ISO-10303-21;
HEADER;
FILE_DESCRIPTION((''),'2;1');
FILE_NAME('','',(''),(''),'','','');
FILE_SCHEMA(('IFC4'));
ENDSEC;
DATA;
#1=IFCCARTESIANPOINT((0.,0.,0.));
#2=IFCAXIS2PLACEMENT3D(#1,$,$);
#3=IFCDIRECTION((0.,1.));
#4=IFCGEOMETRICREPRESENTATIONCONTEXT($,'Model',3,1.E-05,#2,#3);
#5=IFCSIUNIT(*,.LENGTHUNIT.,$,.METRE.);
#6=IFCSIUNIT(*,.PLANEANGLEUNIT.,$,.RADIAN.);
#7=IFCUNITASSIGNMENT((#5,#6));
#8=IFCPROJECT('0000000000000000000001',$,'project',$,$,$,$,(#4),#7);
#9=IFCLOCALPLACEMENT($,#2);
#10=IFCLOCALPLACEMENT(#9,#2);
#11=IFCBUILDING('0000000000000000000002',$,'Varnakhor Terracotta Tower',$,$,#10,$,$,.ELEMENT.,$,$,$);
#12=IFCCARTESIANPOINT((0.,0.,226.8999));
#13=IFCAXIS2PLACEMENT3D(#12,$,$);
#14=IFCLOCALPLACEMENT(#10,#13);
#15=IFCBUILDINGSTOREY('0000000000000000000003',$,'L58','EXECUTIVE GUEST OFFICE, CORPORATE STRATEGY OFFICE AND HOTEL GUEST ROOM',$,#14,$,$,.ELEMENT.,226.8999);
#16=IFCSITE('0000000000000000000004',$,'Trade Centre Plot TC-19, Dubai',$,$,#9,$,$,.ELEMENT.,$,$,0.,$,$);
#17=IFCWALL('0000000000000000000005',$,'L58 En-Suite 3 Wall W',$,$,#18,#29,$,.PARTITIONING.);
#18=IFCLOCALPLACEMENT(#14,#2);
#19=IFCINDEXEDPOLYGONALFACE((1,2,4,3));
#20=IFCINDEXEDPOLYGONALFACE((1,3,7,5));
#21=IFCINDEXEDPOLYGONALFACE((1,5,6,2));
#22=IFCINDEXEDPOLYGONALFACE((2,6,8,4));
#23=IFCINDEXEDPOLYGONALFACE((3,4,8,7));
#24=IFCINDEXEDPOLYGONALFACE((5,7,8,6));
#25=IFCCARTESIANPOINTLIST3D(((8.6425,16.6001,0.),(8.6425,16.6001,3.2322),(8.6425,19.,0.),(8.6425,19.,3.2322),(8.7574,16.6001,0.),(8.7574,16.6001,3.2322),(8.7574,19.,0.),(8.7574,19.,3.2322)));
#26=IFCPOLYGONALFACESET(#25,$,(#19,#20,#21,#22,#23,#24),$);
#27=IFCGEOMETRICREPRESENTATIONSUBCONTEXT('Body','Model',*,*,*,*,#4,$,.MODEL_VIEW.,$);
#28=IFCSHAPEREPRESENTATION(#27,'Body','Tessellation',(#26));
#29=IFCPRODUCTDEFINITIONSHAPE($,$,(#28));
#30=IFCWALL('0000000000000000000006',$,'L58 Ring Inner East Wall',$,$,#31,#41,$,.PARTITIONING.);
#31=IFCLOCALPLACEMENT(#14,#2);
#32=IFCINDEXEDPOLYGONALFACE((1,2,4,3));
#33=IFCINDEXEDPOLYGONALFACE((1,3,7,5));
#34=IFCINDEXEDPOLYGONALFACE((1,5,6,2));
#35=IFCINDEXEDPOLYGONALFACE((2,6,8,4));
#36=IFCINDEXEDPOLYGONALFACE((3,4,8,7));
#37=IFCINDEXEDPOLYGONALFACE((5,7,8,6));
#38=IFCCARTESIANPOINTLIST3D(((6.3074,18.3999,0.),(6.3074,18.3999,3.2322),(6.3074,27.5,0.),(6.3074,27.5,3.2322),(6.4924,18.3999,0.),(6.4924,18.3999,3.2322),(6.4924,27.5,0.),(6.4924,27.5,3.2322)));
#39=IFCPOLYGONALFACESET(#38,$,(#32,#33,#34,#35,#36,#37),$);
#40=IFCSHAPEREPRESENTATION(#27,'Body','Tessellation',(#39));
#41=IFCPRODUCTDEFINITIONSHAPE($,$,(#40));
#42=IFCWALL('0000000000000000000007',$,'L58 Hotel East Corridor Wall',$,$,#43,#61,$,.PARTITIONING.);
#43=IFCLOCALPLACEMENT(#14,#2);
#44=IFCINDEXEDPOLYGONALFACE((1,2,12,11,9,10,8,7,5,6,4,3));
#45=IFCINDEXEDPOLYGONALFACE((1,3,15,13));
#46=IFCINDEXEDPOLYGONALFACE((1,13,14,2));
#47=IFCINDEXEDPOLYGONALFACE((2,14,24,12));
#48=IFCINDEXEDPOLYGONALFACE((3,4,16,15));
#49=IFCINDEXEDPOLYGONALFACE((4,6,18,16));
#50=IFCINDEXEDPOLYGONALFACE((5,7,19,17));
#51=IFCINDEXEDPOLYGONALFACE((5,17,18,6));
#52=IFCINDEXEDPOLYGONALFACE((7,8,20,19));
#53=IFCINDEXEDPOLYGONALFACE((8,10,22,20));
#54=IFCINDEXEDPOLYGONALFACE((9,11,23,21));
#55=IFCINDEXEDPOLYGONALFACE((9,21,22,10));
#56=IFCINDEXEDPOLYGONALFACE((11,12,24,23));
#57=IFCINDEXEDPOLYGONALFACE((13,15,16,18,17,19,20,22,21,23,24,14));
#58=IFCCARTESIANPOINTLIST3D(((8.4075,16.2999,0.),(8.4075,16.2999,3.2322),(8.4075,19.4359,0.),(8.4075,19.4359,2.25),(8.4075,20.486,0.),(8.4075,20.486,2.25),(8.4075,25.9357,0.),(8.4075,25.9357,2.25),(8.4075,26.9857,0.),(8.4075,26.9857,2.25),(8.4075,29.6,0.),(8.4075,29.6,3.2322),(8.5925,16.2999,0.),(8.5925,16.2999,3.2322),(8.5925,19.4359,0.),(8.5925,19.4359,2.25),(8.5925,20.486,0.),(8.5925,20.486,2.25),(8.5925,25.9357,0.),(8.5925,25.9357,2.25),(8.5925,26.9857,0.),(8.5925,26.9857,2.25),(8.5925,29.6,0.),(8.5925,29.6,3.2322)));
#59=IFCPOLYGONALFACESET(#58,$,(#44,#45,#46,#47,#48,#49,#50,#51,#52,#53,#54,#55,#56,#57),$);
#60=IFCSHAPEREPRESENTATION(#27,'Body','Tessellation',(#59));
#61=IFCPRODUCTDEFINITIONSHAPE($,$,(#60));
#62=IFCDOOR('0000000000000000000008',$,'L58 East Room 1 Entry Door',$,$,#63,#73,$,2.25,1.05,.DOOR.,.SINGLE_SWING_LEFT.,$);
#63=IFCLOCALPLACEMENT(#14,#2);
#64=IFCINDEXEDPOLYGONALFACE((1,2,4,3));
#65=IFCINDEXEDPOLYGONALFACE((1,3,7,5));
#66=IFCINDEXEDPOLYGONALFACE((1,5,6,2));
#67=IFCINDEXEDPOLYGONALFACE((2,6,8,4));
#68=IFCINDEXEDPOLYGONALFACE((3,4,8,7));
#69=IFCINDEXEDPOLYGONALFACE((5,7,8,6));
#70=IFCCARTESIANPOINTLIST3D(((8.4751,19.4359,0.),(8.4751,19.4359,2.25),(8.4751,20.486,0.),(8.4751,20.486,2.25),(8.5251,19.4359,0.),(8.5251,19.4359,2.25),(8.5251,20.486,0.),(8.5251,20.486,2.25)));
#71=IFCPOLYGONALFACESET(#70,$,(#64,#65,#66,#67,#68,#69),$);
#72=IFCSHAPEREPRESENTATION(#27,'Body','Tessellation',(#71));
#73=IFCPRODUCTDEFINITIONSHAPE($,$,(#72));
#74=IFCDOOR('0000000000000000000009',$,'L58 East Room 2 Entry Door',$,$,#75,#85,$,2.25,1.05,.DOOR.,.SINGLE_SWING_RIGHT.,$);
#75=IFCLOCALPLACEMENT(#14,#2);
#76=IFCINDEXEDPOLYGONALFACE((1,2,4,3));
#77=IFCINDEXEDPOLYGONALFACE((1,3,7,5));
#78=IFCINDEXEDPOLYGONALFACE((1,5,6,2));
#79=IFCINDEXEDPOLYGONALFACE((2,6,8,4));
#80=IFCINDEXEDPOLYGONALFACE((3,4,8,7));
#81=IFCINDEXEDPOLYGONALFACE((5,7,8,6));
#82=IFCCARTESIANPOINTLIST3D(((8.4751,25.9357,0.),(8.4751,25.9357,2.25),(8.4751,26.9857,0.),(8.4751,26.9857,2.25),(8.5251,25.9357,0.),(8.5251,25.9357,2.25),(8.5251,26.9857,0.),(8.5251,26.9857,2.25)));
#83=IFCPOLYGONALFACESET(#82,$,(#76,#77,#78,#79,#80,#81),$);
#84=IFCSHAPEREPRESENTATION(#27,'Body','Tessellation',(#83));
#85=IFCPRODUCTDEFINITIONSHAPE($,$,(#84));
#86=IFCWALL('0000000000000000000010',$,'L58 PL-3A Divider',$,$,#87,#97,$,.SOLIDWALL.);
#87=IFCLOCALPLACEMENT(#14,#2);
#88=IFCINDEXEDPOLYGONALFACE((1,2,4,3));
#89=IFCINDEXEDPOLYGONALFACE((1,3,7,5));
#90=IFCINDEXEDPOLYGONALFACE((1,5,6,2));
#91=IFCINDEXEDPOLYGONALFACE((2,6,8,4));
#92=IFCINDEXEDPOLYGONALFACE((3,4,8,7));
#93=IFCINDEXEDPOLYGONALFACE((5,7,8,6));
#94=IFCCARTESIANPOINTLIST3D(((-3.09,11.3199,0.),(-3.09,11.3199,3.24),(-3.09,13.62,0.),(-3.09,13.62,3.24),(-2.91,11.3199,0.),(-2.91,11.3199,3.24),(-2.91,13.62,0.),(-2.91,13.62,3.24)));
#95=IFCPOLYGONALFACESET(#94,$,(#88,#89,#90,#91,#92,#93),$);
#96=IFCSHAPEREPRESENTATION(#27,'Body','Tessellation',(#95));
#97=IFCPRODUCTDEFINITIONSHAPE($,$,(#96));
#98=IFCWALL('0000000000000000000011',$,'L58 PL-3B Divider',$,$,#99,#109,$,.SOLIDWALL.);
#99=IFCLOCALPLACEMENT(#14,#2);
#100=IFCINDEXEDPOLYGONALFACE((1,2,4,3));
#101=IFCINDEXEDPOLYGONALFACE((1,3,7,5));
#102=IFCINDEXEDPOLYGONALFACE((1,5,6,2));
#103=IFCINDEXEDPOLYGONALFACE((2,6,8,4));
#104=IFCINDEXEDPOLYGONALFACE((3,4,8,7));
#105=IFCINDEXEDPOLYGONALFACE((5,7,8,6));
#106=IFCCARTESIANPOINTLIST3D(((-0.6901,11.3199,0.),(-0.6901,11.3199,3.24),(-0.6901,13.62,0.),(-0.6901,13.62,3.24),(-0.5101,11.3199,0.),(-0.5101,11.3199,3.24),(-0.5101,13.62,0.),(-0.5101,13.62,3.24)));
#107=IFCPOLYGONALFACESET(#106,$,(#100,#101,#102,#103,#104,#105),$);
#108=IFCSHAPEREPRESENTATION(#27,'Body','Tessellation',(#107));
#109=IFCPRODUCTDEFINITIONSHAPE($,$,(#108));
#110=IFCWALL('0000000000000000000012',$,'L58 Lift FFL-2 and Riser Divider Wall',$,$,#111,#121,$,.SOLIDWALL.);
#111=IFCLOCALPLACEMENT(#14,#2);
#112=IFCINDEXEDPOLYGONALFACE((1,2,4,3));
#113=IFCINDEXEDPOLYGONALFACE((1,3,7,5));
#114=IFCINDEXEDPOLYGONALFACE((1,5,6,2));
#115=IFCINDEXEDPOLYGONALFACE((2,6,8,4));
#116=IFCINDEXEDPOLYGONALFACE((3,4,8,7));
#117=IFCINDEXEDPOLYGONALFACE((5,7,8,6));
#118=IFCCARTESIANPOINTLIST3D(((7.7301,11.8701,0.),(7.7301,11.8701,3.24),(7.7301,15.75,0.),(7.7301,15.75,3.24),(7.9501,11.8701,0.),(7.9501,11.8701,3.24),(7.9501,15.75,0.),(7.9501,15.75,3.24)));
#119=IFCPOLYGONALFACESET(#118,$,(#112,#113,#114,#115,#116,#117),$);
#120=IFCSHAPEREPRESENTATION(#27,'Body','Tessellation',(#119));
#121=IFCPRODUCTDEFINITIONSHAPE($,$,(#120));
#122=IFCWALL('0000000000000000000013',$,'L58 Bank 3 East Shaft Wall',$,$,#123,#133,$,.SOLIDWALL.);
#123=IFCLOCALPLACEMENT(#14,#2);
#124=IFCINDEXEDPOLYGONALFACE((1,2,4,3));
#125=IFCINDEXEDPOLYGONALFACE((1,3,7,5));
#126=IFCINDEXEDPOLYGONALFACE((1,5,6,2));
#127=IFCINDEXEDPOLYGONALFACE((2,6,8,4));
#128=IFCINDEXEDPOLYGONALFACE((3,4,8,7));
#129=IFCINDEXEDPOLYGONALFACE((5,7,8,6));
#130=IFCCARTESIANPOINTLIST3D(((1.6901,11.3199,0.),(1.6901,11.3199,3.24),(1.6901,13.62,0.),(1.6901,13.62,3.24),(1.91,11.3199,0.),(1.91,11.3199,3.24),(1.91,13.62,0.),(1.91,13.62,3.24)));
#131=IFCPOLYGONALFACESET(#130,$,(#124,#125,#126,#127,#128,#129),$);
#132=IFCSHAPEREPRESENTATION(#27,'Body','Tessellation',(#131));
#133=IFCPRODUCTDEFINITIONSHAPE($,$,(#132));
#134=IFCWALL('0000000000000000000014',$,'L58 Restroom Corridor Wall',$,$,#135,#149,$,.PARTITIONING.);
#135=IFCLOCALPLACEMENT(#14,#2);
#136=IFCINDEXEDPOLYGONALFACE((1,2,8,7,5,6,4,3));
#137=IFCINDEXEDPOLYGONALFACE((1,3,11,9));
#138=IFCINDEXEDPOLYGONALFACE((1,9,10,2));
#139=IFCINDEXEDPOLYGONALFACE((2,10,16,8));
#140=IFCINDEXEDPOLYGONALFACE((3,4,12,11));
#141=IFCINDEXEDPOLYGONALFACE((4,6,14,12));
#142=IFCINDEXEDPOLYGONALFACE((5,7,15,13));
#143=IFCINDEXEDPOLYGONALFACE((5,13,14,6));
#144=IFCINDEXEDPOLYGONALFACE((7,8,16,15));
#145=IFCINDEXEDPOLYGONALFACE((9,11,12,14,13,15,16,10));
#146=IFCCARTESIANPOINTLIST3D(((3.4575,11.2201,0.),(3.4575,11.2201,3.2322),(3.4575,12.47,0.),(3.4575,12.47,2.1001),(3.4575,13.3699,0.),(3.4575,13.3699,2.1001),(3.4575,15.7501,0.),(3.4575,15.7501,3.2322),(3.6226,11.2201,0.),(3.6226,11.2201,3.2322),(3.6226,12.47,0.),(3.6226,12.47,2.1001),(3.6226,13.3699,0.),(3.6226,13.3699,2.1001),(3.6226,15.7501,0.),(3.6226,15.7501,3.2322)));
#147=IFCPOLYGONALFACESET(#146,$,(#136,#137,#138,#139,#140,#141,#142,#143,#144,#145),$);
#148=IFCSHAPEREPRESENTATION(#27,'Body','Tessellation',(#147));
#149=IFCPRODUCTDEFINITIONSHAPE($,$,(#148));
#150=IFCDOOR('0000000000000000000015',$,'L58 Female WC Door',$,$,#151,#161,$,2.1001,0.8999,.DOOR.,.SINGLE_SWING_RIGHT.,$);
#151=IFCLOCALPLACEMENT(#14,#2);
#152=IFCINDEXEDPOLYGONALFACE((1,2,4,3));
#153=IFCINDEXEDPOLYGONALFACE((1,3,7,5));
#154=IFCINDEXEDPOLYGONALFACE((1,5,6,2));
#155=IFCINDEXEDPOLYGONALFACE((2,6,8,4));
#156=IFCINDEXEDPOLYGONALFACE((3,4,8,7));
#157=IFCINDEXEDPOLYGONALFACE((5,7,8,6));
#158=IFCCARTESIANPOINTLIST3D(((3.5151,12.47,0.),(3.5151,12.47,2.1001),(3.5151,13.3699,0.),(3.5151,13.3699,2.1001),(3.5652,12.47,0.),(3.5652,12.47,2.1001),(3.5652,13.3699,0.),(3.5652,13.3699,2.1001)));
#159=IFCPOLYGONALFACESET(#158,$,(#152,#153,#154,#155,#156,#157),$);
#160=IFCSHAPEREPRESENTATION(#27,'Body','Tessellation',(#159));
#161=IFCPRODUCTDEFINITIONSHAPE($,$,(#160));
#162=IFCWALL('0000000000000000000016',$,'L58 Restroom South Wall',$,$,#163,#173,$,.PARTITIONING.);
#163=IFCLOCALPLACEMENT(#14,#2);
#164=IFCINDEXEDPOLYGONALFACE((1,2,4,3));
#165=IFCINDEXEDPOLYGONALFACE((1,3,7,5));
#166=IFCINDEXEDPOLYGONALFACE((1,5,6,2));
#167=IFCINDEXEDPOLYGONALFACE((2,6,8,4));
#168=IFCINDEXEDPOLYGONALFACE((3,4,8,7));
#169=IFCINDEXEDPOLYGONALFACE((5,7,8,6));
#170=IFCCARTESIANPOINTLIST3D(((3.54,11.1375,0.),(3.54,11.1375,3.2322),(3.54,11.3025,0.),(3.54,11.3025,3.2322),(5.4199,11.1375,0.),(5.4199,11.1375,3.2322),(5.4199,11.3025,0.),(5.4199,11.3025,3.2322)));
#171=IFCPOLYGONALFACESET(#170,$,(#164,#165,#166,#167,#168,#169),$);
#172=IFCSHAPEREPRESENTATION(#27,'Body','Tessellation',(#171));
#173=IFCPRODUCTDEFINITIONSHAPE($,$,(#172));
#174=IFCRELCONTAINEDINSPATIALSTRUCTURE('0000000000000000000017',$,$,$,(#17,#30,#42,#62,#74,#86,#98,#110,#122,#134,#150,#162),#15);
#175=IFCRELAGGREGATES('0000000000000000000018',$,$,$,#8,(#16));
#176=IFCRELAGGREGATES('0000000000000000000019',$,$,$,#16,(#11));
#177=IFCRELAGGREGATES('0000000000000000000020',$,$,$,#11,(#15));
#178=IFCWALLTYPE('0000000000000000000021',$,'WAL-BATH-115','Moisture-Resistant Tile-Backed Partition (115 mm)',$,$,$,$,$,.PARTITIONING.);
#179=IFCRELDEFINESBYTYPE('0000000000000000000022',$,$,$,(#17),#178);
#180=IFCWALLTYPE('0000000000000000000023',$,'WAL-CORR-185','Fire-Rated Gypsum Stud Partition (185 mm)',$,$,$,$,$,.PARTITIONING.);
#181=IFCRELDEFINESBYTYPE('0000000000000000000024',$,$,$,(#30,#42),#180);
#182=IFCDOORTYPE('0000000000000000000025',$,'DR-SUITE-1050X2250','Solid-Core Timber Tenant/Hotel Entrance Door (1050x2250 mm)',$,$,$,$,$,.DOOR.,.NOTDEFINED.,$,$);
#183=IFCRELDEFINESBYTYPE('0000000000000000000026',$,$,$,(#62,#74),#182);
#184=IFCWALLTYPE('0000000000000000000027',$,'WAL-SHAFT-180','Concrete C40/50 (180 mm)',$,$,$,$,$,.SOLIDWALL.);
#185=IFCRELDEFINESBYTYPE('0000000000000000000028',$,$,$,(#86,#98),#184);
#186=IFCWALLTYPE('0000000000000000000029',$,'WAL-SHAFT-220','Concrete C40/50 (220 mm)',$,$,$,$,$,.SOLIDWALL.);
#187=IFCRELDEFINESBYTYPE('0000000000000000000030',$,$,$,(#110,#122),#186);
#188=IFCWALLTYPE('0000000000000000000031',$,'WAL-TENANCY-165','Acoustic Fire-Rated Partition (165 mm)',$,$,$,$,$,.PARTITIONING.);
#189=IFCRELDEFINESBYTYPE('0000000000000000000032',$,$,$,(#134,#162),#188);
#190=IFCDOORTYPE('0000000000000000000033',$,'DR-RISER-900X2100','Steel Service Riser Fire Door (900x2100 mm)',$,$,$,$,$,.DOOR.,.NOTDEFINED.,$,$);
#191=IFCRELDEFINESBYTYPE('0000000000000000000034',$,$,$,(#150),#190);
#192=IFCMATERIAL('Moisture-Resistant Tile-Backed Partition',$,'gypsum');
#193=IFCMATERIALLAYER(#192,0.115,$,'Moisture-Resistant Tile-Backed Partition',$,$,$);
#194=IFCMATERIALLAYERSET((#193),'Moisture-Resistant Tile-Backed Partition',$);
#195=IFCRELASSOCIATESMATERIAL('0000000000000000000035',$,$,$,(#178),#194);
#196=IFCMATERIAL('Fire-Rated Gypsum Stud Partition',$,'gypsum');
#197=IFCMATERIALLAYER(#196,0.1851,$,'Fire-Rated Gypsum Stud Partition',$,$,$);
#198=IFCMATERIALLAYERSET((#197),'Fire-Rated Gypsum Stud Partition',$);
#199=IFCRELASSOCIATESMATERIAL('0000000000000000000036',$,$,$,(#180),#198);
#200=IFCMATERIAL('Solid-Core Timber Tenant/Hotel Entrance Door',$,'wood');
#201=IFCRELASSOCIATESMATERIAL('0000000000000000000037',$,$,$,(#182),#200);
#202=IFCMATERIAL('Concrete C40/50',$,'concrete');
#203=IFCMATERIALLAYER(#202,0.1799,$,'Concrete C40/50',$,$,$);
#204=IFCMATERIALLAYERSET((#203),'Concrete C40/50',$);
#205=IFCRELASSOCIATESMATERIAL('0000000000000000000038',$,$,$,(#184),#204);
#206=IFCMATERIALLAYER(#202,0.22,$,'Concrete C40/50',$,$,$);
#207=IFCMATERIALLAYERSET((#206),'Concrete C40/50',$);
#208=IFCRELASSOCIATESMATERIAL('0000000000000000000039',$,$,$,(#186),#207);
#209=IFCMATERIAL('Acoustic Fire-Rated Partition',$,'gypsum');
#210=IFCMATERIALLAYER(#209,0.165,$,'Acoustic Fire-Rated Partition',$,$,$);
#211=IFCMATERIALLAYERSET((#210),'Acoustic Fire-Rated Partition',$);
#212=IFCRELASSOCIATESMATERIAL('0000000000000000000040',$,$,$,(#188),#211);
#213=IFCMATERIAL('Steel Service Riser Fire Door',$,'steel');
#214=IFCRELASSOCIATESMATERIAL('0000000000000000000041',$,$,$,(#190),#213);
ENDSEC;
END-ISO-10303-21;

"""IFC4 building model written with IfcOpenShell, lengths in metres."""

from ifc_helpers import new_model, si_unit, direction, frame, frame_2d, origin, place, context, subcontext, project, spatial, rectangle, extrude, source, transform, mapped, material, layer, layer_set, type_object, type_shapes, element, fill, save


model = new_model("IFC4")

# Units and contexts
model_context = context("Model", 3, precision=1e-05, world=origin(), true_north=direction((0.0, 1.0)))
body_context = subcontext(model_context, "Body", "Model", "MODEL_VIEW")
ifc_project = project(units=[si_unit("LENGTHUNIT", "METRE"), si_unit("PLANEANGLEUNIT", "RADIAN")], contexts=[model_context])

# Site, building, storey
site_placement = place(None, origin())
site = spatial("IfcSite", under=ifc_project, at=site_placement, Name="Trade Centre Plot TC-19, Dubai", CompositionType="ELEMENT", RefElevation=0.0)
building_placement = place(site_placement, origin())
building = spatial("IfcBuilding", under=site, at=building_placement, Name="Varnakhor Terracotta Tower", CompositionType="ELEMENT")
storey_placement = place(building_placement, frame((0.0, 0.0, 226.8999)))
storey = spatial("IfcBuildingStorey", under=building, at=storey_placement, Name="L58", Description="EXECUTIVE GUEST OFFICE, CORPORATE STRATEGY OFFICE AND HOTEL GUEST ROOM", CompositionType="ELEMENT", Elevation=226.8999)

# Walls
ifc_material_1 = material(Name="Moisture-Resistant Tile-Backed Partition", Category="gypsum")
ifc_layer_1 = layer(ifc_material_1, 0.115, Name="Moisture-Resistant Tile-Backed Partition")
ifc_layer_set_1 = layer_set([ifc_layer_1], Name="Moisture-Resistant Tile-Backed Partition")
wall_type_1 = type_object("IfcWallType", Name="WAL-BATH-115", Description="Moisture-Resistant Tile-Backed Partition (115 mm)", PredefinedType="PARTITIONING", material=ifc_layer_set_1)
wall_1_placement = place(storey_placement, frame((8.7, 16.6001, 0.0), z_axis=(0.0, 0.0, 1.0), x_axis=(0.0, 1.0, 0.0)))
element("IfcWall", 1, at=wall_1_placement, inside=storey, type_object=wall_type_1, Name="L58 En-Suite 3 Wall W", PredefinedType="PARTITIONING", context=body_context, shape_type="SweptSolid", body=[
    extrude(rectangle(XDim=2.3999, YDim=0.115, at=frame_2d((1.2, 0.0))), origin(), (0.0, 0.0, 1.0), 3.2322),
])
ifc_material_2 = material(Name="Fire-Rated Gypsum Stud Partition", Category="gypsum")
ifc_layer_2 = layer(ifc_material_2, 0.1851, Name="Fire-Rated Gypsum Stud Partition")
ifc_layer_set_2 = layer_set([ifc_layer_2], Name="Fire-Rated Gypsum Stud Partition")
wall_type_2 = type_object("IfcWallType", Name="WAL-CORR-185", Description="Fire-Rated Gypsum Stud Partition (185 mm)", PredefinedType="PARTITIONING", material=ifc_layer_set_2)
wall_2_placement = place(storey_placement, frame((6.3999, 18.3999, 0.0), z_axis=(0.0, 0.0, 1.0), x_axis=(0.0, 1.0, 0.0)))
element("IfcWall", 2, at=wall_2_placement, inside=storey, type_object=wall_type_2, Name="L58 Ring Inner East Wall", PredefinedType="PARTITIONING", context=body_context, shape_type="SweptSolid", body=[
    extrude(rectangle(XDim=9.1001, YDim=0.1851, at=frame_2d((4.55, 0.0))), origin(), (0.0, 0.0, 1.0), 3.2322),
])

# Wall, openings, doors
wall_3_placement = place(storey_placement, frame((8.5, 16.3, 0.0), z_axis=(0.0, 0.0, 1.0), x_axis=(0.0, 1.0, 0.0)))
wall_3 = element("IfcWall", 3, at=wall_3_placement, inside=storey, type_object=wall_type_2, Name="L58 Hotel East Corridor Wall", PredefinedType="PARTITIONING", context=body_context, shape_type="SweptSolid", body=[
    extrude(rectangle(XDim=13.3, YDim=0.1851, at=frame_2d((6.6499, 0.0))), origin(), (0.0, 0.0, 1.0), 3.2322),
])
opening_1_placement = place(wall_3_placement, frame((3.136, 0.0, 0.0)))
opening_1 = element("IfcOpeningElement", 4, at=opening_1_placement, cuts=wall_3, PredefinedType="OPENING", context=body_context, shape_type="SweptSolid", body=[
    extrude(rectangle(XDim=1.05, YDim=2.25, at=frame_2d((0.5249, 1.125))), frame((0.0, 0.1025, 0.0), z_axis=(0.0, -1.0, 0.0), x_axis=(1.0, 0.0, 0.0)), (0.0, 0.0, 1.0), 0.2051),
])
opening_2_placement = place(wall_3_placement, frame((9.6357, 0.0, 0.0)))
opening_2 = element("IfcOpeningElement", 5, at=opening_2_placement, cuts=wall_3, PredefinedType="OPENING", context=body_context, shape_type="SweptSolid", body=[
    extrude(rectangle(XDim=1.05, YDim=2.25, at=frame_2d((0.5249, 1.125))), frame((0.0, 0.1025, 0.0), z_axis=(0.0, -1.0, 0.0), x_axis=(1.0, 0.0, 0.0)), (0.0, 0.0, 1.0), 0.2051),
])
ifc_material_3 = material(Name="Solid-Core Timber Tenant/Hotel Entrance Door", Category="wood")
door_type_1 = type_object("IfcDoorType", Name="DR-SUITE-1050X2250", Description="Solid-Core Timber Tenant/Hotel Entrance Door (1050x2250 mm)", OperationType="NOTDEFINED", PredefinedType="DOOR", material=ifc_material_3)
shared_shape_1 = source(origin(), body_context, "Body", "SweptSolid", [
    extrude(rectangle(XDim=1.05, YDim=2.25, at=frame_2d((0.5249, 1.125))), frame((0.0, 0.0249, 0.0), z_axis=(0.0, -1.0, 0.0), x_axis=(1.0, 0.0, 0.0)), (0.0, 0.0, 1.0), 0.05),
])
type_shapes(door_type_1, [shared_shape_1])
door_1_placement = place(opening_1_placement, origin())
door_1 = element("IfcDoor", 6, at=door_1_placement, inside=storey, type_object=door_type_1, Name="L58 East Room 1 Entry Door", OperationType="SINGLE_SWING_LEFT", OverallHeight=2.25, OverallWidth=1.05, PredefinedType="DOOR", context=body_context, shape_type="MappedRepresentation", body=[
    mapped(shared_shape_1, transform((0.0, 0.0, 0.0), scale=1.0)),
])
fill(opening_1, door_1)
door_2_placement = place(opening_2_placement, origin())
door_2 = element("IfcDoor", 7, at=door_2_placement, inside=storey, type_object=door_type_1, Name="L58 East Room 2 Entry Door", OperationType="SINGLE_SWING_RIGHT", OverallHeight=2.25, OverallWidth=1.05, PredefinedType="DOOR", context=body_context, shape_type="MappedRepresentation", body=[
    mapped(shared_shape_1, transform((0.0, 0.0, 0.0), scale=1.0)),
])
fill(opening_2, door_2)

# Walls
ifc_material_4 = material(Name="Concrete C40/50", Category="concrete")
ifc_layer_3 = layer(ifc_material_4, 0.1799, Name="Concrete C40/50")
ifc_layer_set_3 = layer_set([ifc_layer_3], Name="Concrete C40/50")
wall_type_3 = type_object("IfcWallType", Name="WAL-SHAFT-180", Description="Concrete C40/50 (180 mm)", PredefinedType="SOLIDWALL", material=ifc_layer_set_3)
for number, where, z_axis, x_axis, name in (
    (8, (-3.0, 11.3201, 0.0), (0.0, 0.0, 1.0), (0.0, 1.0, 0.0), "L58 PL-3A Divider"),
    (9, (-0.6001, 11.3201, 0.0), (0.0, 0.0, 1.0), (0.0, 1.0, 0.0), "L58 PL-3B Divider"),
):
    element("IfcWall", number, at=place(storey_placement, frame(where, z_axis=z_axis, x_axis=x_axis)), inside=storey, type_object=wall_type_3, Name=name, PredefinedType="SOLIDWALL", context=body_context, shape_type="SweptSolid", body=[
        extrude(rectangle(XDim=2.3, YDim=0.1799, at=frame_2d((1.1499, 0.0))), origin(), (0.0, 0.0, 1.0), 3.24),
    ])
ifc_layer_4 = layer(ifc_material_4, 0.22, Name="Concrete C40/50")
ifc_layer_set_4 = layer_set([ifc_layer_4], Name="Concrete C40/50")
wall_type_4 = type_object("IfcWallType", Name="WAL-SHAFT-220", Description="Concrete C40/50 (220 mm)", PredefinedType="SOLIDWALL", material=ifc_layer_set_4)
wall_4_placement = place(storey_placement, frame((7.8401, 11.8701, 0.0), z_axis=(0.0, 0.0, 1.0), x_axis=(0.0, 1.0, 0.0)))
element("IfcWall", 10, at=wall_4_placement, inside=storey, type_object=wall_type_4, Name="L58 Lift FFL-2 and Riser Divider Wall", PredefinedType="SOLIDWALL", context=body_context, shape_type="SweptSolid", body=[
    extrude(rectangle(XDim=3.8799, YDim=0.22, at=frame_2d((1.9399, 0.0))), origin(), (0.0, 0.0, 1.0), 3.24),
])
wall_5_placement = place(storey_placement, frame((1.8, 11.3201, 0.0), z_axis=(0.0, 0.0, 1.0), x_axis=(0.0, 1.0, 0.0)))
element("IfcWall", 11, at=wall_5_placement, inside=storey, type_object=wall_type_4, Name="L58 Bank 3 East Shaft Wall", PredefinedType="SOLIDWALL", context=body_context, shape_type="SweptSolid", body=[
    extrude(rectangle(XDim=2.3, YDim=0.22, at=frame_2d((1.1499, 0.0))), origin(), (0.0, 0.0, 1.0), 3.24),
])

# Wall, opening, door
ifc_material_5 = material(Name="Acoustic Fire-Rated Partition", Category="gypsum")
ifc_layer_5 = layer(ifc_material_5, 0.165, Name="Acoustic Fire-Rated Partition")
ifc_layer_set_5 = layer_set([ifc_layer_5], Name="Acoustic Fire-Rated Partition")
wall_type_5 = type_object("IfcWallType", Name="WAL-TENANCY-165", Description="Acoustic Fire-Rated Partition (165 mm)", PredefinedType="PARTITIONING", material=ifc_layer_set_5)
wall_6_placement = place(storey_placement, frame((3.54, 11.22, 0.0), z_axis=(0.0, 0.0, 1.0), x_axis=(0.0, 1.0, 0.0)))
wall_6 = element("IfcWall", 12, at=wall_6_placement, inside=storey, type_object=wall_type_5, Name="L58 Restroom Corridor Wall", PredefinedType="PARTITIONING", context=body_context, shape_type="SweptSolid", body=[
    extrude(rectangle(XDim=4.53, YDim=0.165, at=frame_2d((2.2651, 0.0))), origin(), (0.0, 0.0, 1.0), 3.2322),
])
opening_3_placement = place(wall_6_placement, frame((1.25, 0.0, 0.0)))
opening_3 = element("IfcOpeningElement", 13, at=opening_3_placement, cuts=wall_6, PredefinedType="OPENING", context=body_context, shape_type="SweptSolid", body=[
    extrude(rectangle(XDim=0.8999, YDim=2.1001, at=frame_2d((0.45, 1.05))), frame((0.0, 0.0925, 0.0), z_axis=(0.0, -1.0, 0.0), x_axis=(1.0, 0.0, 0.0)), (0.0, 0.0, 1.0), 0.1851),
])
ifc_material_6 = material(Name="Steel Service Riser Fire Door", Category="steel")
door_type_2 = type_object("IfcDoorType", Name="DR-RISER-900X2100", Description="Steel Service Riser Fire Door (900x2100 mm)", OperationType="NOTDEFINED", PredefinedType="DOOR", material=ifc_material_6)
shared_shape_2 = source(origin(), body_context, "Body", "SweptSolid", [
    extrude(rectangle(XDim=0.8999, YDim=2.1001, at=frame_2d((0.45, 1.05))), frame((0.0, 0.0249, 0.0), z_axis=(0.0, -1.0, 0.0), x_axis=(1.0, 0.0, 0.0)), (0.0, 0.0, 1.0), 0.05),
])
type_shapes(door_type_2, [shared_shape_2])
door_3_placement = place(opening_3_placement, origin())
door_3 = element("IfcDoor", 14, at=door_3_placement, inside=storey, type_object=door_type_2, Name="L58 Female WC Door", OperationType="SINGLE_SWING_RIGHT", OverallHeight=2.1001, OverallWidth=0.8999, PredefinedType="DOOR", context=body_context, shape_type="MappedRepresentation", body=[
    mapped(shared_shape_2, transform((0.0, 0.0, 0.0), scale=1.0)),
])
fill(opening_3, door_3)

# Wall
wall_7_placement = place(storey_placement, frame((3.54, 11.22, 0.0), z_axis=(0.0, 0.0, 1.0), x_axis=(1.0, 0.0, 0.0)))
element("IfcWall", 15, at=wall_7_placement, inside=storey, type_object=wall_type_5, Name="L58 Restroom South Wall", PredefinedType="PARTITIONING", context=body_context, shape_type="SweptSolid", body=[
    extrude(rectangle(XDim=1.8799, YDim=0.165, at=frame_2d((0.9399, 0.0))), origin(), (0.0, 0.0, 1.0), 3.2322),
])

save(model, "model.ifc")
